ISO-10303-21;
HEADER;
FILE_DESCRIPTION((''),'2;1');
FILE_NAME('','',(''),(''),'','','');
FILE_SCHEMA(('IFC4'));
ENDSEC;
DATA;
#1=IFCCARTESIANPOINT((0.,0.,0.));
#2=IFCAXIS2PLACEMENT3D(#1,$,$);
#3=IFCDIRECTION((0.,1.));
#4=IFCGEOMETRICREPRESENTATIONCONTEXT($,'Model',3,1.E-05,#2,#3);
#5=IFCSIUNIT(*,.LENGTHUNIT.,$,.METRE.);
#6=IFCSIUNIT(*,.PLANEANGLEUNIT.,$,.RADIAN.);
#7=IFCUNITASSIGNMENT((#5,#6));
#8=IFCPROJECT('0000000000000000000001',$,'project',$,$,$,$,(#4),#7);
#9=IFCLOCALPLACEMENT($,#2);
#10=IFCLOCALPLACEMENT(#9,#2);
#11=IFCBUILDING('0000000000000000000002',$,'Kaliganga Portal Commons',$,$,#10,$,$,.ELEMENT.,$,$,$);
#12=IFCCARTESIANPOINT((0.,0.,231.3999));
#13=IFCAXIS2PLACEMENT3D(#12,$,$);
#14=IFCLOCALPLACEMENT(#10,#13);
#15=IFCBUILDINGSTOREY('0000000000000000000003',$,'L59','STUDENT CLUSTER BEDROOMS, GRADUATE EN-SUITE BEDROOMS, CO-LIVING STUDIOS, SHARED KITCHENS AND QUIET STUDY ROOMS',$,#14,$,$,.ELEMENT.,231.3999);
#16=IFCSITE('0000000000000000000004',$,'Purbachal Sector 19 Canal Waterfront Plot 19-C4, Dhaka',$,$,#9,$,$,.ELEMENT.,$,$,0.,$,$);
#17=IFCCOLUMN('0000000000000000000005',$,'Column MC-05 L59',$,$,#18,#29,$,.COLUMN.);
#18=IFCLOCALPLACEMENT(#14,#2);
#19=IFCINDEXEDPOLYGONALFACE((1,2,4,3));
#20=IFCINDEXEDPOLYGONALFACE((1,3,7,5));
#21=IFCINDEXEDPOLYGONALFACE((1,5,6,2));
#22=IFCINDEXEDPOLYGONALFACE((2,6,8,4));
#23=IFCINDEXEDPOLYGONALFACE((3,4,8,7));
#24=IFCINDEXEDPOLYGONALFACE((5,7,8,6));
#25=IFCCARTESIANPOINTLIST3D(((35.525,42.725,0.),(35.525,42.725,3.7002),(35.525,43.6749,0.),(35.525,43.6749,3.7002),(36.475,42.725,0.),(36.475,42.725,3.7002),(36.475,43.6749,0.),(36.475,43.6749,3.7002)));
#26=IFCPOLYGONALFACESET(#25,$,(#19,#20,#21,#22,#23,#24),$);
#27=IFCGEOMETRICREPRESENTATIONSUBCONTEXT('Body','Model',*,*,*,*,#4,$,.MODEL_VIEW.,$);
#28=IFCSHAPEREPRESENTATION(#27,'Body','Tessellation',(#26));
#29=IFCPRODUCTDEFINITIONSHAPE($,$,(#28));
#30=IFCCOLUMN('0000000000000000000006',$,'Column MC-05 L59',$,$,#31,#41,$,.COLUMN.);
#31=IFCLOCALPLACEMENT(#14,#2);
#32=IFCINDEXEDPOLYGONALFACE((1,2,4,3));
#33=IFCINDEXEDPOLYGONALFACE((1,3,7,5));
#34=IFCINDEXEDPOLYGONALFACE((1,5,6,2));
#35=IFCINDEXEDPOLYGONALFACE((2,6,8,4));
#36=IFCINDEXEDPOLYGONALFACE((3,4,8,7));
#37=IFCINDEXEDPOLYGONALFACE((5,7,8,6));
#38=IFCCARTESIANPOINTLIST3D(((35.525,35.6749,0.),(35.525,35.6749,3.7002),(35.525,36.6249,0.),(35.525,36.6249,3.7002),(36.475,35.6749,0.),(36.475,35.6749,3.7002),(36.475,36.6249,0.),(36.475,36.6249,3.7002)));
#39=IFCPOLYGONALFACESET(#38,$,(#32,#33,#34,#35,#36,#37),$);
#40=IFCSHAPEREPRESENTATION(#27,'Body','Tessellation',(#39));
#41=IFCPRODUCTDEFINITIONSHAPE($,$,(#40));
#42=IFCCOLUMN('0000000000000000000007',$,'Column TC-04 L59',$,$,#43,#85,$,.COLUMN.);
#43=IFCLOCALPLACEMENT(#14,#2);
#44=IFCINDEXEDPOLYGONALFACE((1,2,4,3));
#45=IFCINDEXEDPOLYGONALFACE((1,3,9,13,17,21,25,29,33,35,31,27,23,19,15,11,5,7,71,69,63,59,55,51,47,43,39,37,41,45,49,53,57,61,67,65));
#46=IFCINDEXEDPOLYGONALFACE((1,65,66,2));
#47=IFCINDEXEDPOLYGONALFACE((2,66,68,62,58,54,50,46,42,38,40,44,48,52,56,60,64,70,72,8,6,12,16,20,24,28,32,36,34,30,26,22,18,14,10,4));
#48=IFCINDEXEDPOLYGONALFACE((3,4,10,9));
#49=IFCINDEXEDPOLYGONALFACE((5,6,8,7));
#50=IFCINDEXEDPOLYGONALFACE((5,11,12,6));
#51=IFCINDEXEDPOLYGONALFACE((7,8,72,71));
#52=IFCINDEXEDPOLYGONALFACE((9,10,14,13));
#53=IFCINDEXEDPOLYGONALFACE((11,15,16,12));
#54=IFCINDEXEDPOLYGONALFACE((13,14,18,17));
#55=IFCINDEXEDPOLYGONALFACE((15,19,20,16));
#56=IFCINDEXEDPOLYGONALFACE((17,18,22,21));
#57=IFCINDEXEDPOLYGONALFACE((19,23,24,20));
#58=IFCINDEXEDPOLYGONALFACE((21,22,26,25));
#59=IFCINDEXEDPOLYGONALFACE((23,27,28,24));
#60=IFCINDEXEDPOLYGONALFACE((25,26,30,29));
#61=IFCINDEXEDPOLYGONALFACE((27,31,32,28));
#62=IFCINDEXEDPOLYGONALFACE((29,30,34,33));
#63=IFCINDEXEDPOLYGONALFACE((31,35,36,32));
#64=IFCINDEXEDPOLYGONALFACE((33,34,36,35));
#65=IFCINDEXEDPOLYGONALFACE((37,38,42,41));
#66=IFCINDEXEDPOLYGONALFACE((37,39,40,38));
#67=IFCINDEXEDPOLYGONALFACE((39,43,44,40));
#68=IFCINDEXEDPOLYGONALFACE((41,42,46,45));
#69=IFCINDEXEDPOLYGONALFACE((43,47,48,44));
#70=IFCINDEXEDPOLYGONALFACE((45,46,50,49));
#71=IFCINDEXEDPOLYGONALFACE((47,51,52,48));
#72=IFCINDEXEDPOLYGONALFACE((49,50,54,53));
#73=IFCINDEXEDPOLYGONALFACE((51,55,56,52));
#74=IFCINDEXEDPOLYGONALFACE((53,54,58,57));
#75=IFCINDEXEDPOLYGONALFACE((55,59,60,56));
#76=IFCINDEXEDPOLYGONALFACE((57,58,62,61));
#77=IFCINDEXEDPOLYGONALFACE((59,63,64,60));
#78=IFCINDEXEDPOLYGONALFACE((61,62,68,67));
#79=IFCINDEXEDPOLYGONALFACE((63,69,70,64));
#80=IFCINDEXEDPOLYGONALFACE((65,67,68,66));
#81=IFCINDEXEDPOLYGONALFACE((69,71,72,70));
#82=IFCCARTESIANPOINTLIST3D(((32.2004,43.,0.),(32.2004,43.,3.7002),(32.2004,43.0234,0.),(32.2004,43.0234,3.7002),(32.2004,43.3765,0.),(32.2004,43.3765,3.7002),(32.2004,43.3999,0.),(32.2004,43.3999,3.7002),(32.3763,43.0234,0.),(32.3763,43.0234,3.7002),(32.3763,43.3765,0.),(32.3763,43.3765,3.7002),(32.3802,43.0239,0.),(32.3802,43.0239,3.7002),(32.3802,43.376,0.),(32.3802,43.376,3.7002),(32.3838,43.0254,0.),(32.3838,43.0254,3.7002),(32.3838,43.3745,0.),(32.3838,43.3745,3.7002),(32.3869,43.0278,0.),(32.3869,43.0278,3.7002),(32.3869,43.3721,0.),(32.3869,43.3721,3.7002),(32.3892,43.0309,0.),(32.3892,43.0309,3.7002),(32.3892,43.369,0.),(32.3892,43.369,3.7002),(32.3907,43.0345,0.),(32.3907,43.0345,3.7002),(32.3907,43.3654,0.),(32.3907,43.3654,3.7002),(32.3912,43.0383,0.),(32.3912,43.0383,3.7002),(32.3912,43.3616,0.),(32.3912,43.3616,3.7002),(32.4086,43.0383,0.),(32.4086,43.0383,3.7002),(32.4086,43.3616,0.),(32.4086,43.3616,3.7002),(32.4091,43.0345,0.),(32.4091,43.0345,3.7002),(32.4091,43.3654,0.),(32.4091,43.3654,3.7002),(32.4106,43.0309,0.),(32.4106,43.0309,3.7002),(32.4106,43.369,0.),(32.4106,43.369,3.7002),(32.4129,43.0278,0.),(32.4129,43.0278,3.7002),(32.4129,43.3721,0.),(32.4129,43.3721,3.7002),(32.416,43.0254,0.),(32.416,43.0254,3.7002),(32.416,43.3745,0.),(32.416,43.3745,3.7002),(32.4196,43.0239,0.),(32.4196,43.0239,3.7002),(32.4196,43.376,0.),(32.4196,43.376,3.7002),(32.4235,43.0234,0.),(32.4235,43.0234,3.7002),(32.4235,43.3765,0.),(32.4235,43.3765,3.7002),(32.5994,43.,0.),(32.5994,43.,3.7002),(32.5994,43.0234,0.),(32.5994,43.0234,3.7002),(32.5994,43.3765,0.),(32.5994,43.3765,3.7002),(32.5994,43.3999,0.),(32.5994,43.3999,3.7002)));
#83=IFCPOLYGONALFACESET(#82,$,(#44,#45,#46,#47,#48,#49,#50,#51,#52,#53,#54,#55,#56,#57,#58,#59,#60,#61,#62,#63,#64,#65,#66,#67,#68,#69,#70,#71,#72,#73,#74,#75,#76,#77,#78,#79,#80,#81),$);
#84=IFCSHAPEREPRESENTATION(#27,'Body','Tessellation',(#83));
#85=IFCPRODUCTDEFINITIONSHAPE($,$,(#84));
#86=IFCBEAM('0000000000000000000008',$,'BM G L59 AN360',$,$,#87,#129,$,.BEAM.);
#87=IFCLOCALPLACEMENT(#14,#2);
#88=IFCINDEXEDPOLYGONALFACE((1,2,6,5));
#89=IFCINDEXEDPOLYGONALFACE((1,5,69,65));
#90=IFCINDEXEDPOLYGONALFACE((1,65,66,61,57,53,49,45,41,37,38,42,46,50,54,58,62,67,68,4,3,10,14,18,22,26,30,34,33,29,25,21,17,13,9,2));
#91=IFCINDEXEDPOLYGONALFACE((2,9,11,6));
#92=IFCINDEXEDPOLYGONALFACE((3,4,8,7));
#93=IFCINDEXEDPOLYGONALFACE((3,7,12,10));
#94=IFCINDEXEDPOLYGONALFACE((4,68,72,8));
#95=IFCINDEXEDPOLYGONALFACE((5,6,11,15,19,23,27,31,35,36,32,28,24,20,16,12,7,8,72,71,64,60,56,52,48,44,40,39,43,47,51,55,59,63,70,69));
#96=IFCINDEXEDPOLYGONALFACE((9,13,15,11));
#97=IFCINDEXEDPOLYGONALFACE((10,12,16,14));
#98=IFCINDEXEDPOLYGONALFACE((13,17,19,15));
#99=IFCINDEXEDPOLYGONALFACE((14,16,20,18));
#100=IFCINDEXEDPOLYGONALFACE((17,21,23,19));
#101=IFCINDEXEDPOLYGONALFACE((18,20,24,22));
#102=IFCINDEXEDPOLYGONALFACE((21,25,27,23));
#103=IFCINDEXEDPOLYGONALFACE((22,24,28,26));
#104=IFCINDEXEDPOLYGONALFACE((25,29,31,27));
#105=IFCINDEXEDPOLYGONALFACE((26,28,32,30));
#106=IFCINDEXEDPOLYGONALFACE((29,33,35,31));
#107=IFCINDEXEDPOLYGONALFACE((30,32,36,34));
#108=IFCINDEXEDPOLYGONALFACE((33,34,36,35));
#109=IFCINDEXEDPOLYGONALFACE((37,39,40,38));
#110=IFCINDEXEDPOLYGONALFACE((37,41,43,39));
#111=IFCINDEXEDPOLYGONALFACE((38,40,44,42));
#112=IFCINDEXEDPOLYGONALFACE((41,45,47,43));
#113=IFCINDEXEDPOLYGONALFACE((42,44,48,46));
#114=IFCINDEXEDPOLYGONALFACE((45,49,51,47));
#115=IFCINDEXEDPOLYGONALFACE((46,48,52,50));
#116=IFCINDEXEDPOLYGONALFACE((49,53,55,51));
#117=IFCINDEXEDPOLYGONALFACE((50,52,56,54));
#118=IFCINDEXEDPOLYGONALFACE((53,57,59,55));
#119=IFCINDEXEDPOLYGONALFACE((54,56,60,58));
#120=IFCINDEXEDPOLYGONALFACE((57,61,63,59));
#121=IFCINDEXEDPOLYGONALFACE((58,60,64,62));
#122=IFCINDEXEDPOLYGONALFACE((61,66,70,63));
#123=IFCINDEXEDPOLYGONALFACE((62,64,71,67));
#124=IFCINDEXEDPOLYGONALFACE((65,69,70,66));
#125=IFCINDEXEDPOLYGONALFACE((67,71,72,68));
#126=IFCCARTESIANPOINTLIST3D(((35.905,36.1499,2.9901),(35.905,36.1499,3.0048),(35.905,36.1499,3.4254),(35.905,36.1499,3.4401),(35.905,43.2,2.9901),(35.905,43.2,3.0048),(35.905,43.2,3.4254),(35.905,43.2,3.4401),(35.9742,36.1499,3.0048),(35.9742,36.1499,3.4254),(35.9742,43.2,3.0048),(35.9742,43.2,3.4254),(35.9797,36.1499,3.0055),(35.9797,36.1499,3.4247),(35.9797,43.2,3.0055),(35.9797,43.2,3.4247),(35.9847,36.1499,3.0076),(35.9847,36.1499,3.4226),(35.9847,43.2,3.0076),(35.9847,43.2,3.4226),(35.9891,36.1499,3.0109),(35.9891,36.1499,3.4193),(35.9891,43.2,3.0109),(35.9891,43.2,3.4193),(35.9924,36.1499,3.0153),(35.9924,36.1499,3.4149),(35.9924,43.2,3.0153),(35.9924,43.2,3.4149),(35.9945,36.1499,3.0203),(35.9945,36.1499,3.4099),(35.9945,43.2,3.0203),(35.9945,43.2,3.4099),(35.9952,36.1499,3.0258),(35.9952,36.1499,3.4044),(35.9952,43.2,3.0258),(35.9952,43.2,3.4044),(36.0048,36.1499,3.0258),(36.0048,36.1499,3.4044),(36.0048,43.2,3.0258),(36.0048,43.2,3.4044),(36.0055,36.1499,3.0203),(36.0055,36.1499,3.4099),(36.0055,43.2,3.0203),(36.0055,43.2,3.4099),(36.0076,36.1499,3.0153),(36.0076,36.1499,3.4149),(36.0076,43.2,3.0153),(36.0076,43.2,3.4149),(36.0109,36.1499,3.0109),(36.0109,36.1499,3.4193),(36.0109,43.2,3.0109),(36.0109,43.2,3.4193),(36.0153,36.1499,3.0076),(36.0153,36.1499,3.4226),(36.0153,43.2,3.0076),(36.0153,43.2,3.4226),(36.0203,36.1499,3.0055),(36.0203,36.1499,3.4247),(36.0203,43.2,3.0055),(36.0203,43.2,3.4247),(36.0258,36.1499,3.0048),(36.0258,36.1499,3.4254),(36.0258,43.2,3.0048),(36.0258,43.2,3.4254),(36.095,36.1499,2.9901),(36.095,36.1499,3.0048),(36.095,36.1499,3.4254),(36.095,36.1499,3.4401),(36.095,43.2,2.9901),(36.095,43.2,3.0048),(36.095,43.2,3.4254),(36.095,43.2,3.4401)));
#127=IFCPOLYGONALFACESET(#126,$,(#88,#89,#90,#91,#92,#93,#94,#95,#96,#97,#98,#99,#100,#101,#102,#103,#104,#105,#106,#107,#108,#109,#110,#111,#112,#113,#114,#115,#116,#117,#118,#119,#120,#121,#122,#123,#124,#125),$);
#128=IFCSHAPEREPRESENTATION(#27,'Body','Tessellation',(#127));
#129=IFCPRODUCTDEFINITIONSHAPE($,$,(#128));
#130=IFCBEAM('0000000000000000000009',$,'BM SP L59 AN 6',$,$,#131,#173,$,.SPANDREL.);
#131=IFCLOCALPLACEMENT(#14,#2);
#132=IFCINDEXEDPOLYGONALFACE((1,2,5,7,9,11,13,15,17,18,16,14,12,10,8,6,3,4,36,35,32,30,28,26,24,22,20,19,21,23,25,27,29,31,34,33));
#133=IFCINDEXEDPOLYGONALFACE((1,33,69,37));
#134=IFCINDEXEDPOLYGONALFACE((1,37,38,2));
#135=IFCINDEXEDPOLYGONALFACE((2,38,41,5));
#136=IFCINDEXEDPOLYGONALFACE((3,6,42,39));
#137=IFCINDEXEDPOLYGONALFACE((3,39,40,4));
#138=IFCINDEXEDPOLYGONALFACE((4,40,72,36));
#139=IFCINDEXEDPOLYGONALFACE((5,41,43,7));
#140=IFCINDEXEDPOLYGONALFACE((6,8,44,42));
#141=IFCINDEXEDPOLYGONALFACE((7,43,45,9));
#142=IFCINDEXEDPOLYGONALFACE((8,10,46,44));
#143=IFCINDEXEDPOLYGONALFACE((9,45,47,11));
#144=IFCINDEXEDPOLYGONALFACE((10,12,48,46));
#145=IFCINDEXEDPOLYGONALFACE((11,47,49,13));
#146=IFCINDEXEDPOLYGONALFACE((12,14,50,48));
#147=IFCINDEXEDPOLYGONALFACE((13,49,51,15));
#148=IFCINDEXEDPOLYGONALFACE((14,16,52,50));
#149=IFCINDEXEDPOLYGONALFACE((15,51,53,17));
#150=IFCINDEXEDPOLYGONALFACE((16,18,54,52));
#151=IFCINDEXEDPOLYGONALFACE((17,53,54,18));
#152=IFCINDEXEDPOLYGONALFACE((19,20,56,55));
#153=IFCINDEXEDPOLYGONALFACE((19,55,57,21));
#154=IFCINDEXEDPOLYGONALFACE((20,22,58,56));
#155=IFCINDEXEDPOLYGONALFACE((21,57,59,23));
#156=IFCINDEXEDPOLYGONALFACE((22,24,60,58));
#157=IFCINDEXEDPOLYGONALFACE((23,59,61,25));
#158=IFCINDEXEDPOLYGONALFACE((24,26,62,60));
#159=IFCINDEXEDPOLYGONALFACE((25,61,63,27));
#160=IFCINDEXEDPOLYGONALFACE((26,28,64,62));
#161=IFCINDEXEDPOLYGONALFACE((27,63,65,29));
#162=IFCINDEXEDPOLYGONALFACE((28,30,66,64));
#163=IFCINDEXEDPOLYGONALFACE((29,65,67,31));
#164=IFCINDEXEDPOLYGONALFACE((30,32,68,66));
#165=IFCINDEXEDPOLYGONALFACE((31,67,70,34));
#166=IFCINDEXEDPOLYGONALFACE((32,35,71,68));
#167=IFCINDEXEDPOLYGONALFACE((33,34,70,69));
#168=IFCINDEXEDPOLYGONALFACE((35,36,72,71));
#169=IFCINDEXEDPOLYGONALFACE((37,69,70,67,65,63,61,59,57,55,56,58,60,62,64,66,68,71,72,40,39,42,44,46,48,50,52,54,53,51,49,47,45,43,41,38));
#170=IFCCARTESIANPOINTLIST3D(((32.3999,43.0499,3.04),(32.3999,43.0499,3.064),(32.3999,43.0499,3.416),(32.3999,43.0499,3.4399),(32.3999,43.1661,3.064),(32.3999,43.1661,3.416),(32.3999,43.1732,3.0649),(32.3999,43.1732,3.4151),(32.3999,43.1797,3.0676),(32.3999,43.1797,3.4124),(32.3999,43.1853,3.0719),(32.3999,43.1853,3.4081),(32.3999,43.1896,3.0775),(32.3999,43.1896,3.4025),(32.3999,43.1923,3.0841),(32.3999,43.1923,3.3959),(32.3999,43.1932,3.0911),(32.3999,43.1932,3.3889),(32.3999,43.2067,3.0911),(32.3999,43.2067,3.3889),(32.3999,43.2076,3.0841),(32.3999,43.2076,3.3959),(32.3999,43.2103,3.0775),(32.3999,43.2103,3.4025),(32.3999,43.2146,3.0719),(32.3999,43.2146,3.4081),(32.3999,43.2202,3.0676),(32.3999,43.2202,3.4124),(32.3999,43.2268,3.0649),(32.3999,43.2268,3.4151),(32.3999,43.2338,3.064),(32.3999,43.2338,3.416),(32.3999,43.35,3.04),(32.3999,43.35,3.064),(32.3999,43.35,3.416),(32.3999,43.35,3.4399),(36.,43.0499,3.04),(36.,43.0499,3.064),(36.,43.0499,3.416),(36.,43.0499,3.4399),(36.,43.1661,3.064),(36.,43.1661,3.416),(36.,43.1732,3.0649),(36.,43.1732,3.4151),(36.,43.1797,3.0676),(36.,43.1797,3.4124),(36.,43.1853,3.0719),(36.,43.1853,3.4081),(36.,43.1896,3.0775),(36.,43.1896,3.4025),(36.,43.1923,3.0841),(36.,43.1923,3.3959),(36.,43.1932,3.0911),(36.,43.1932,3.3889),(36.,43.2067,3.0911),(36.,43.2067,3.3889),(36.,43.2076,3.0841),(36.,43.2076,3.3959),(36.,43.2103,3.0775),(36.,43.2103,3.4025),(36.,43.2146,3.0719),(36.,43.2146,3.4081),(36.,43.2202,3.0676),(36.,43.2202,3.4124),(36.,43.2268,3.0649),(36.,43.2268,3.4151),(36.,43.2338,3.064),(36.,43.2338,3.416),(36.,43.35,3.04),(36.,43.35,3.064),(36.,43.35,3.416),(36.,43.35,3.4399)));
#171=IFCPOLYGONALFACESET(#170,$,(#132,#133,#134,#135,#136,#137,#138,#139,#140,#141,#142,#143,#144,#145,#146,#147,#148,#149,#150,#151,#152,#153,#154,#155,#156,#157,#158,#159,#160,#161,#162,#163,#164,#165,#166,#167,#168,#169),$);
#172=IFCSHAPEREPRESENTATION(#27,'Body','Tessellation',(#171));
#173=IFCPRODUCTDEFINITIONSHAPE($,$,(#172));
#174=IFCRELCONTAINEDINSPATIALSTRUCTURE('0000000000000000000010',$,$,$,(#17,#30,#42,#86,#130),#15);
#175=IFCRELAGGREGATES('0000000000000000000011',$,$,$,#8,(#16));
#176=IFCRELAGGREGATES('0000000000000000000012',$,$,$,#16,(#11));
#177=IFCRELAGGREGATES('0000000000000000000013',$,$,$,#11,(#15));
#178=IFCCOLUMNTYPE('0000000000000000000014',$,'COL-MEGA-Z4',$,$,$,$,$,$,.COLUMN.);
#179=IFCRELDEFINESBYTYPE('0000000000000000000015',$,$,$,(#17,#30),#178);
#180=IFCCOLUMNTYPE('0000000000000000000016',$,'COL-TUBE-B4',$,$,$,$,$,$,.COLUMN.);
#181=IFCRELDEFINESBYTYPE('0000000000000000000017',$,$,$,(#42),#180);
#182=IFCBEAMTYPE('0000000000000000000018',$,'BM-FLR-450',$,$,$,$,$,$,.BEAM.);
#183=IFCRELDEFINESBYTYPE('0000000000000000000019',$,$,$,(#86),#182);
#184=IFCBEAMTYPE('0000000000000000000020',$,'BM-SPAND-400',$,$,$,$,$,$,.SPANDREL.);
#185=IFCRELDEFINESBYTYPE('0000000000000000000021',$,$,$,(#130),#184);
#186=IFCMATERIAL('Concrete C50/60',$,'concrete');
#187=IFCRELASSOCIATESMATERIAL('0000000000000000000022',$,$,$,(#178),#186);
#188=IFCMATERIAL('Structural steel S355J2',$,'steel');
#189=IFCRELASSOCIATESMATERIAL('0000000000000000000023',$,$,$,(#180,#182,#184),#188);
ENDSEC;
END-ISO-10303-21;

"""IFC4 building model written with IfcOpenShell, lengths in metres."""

from ifc_helpers import new_model, si_unit, direction, frame, origin, origin_2d, place, context, subcontext, project, spatial, rectangle, i_section, extrude, source, transform, mapped, material, material_profile, profile_set, type_object, element, save


model = new_model("IFC4")

# Units and contexts
model_context = context("Model", 3, precision=1e-05, world=origin(), true_north=direction((0.0, 1.0)))
body_context = subcontext(model_context, "Body", "Model", "MODEL_VIEW")
ifc_project = project(units=[si_unit("LENGTHUNIT", "METRE"), si_unit("PLANEANGLEUNIT", "RADIAN")], contexts=[model_context])

# Site, building, storey
site_placement = place(None, origin())
site = spatial("IfcSite", under=ifc_project, at=site_placement, Name="Purbachal Sector 19 Canal Waterfront Plot 19-C4, Dhaka", CompositionType="ELEMENT", RefElevation=0.0)
building_placement = place(site_placement, origin())
building = spatial("IfcBuilding", under=site, at=building_placement, Name="Kaliganga Portal Commons", CompositionType="ELEMENT")
storey_placement = place(building_placement, frame((0.0, 0.0, 231.3999)))
storey = spatial("IfcBuildingStorey", under=building, at=storey_placement, Name="L59", Description="STUDENT CLUSTER BEDROOMS, GRADUATE EN-SUITE BEDROOMS, CO-LIVING STUDIOS, SHARED KITCHENS AND QUIET STUDY ROOMS", CompositionType="ELEMENT", Elevation=231.3999)

# Columns
ifc_material_1 = material(Name="Concrete C50/60", Category="concrete")
ifc_material_profile_1 = material_profile(ifc_material_1, rectangle(XDim=0.95, YDim=0.95, at=origin_2d()), Name="RC 950x950")
ifc_profile_set_1 = profile_set([ifc_material_profile_1], Name="Concrete C50/60")
column_type_1 = type_object("IfcColumnType", Name="COL-MEGA-Z4", PredefinedType="COLUMN", material=ifc_profile_set_1)
shared_shape_1 = source(origin(), body_context, "Body", "SweptSolid", [
    extrude(rectangle(XDim=0.95, YDim=0.95, at=origin_2d()), origin(), (0.0, 0.0, 1.0), 3.7002),
])
for number, where, z_axis, x_axis, name in (
    (1, (36.0, 43.2, 0.0), (0.0, 0.0, 1.0), (1.0, 0.0, 0.0), "Column MC-05 L59"),
    (2, (36.0, 36.1499, 0.0), (0.0, 0.0, 1.0), (1.0, 0.0, 0.0), "Column MC-05 L59"),
):
    element("IfcColumn", number, at=place(storey_placement, frame(where, z_axis=z_axis, x_axis=x_axis)), inside=storey, type_object=column_type_1, Name=name, PredefinedType="COLUMN", context=body_context, shape_type="MappedRepresentation", body=[
        mapped(shared_shape_1, transform((0.0, 0.0, 0.0), x_axis=(1.0, 0.0, 0.0), y_axis=(0.0, 1.0, 0.0), z_axis=(0.0, 0.0, 1.0), scale=1.0)),
    ])
ifc_material_2 = material(Name="Structural steel S355J2", Category="steel")
ifc_material_profile_2 = material_profile(ifc_material_2, i_section(OverallWidth=0.3989, OverallDepth=0.3999, WebThickness=0.0173, FlangeThickness=0.0234, FilletRadius=0.0149, at=origin_2d()), Name="HD 400x287")
ifc_profile_set_2 = profile_set([ifc_material_profile_2], Name="Structural steel S355J2 wide-flange")
column_type_2 = type_object("IfcColumnType", Name="COL-TUBE-B4", PredefinedType="COLUMN", material=ifc_profile_set_2)
shared_shape_2 = source(origin(), body_context, "Body", "SweptSolid", [
    extrude(i_section(OverallWidth=0.3989, OverallDepth=0.3999, WebThickness=0.0173, FlangeThickness=0.0234, FilletRadius=0.0149, at=origin_2d()), origin(), (0.0, 0.0, 1.0), 3.7002),
])
column_placement = place(storey_placement, frame((32.3999, 43.2, 0.0), z_axis=(0.0, 0.0, 1.0), x_axis=(1.0, 0.0, 0.0)))
element("IfcColumn", 3, at=column_placement, inside=storey, type_object=column_type_2, Name="Column TC-04 L59", PredefinedType="COLUMN", context=body_context, shape_type="MappedRepresentation", body=[
    mapped(shared_shape_2, transform((0.0, 0.0, 0.0), x_axis=(1.0, 0.0, 0.0), y_axis=(0.0, 1.0, 0.0), z_axis=(0.0, 0.0, 1.0), scale=1.0)),
])

# Beams
ifc_material_profile_3 = material_profile(ifc_material_2, i_section(OverallWidth=0.1899, OverallDepth=0.45, WebThickness=0.0095, FlangeThickness=0.0146, FilletRadius=0.021, at=origin_2d()), Name="IPE 450")
ifc_profile_set_3 = profile_set([ifc_material_profile_3], Name="Structural steel S355J2 wide-flange")
beam_type_1 = type_object("IfcBeamType", Name="BM-FLR-450", PredefinedType="BEAM", material=ifc_profile_set_3)
shared_shape_3 = source(origin(), body_context, "Body", "SweptSolid", [
    extrude(i_section(OverallWidth=0.1899, OverallDepth=0.45, WebThickness=0.0095, FlangeThickness=0.0146, FilletRadius=0.021, at=origin_2d()), origin(), (0.0, 0.0, 1.0), 7.05),
])
beam_1_placement = place(storey_placement, frame((36.0, 36.1499, 3.2151), z_axis=(0.0, 1.0, 0.0), x_axis=(-1.0, 0.0, 0.0)))
element("IfcBeam", 4, at=beam_1_placement, inside=storey, type_object=beam_type_1, Name="BM G L59 AN360", PredefinedType="BEAM", context=body_context, shape_type="MappedRepresentation", body=[
    mapped(shared_shape_3, transform((0.0, 0.0, 0.0), x_axis=(1.0, 0.0, 0.0), y_axis=(0.0, 1.0, 0.0), z_axis=(0.0, 0.0, 1.0), scale=1.0)),
])
ifc_material_profile_4 = material_profile(ifc_material_2, i_section(OverallWidth=0.3, OverallDepth=0.3999, WebThickness=0.0134, FlangeThickness=0.0239, FilletRadius=0.0271, at=origin_2d()), Name="HE 400 B")
ifc_profile_set_4 = profile_set([ifc_material_profile_4], Name="Structural steel S355J2 wide-flange")
beam_type_2 = type_object("IfcBeamType", Name="BM-SPAND-400", PredefinedType="SPANDREL", material=ifc_profile_set_4)
shared_shape_4 = source(origin(), body_context, "Body", "SweptSolid", [
    extrude(i_section(OverallWidth=0.3, OverallDepth=0.3999, WebThickness=0.0134, FlangeThickness=0.0239, FilletRadius=0.0271, at=origin_2d()), origin(), (0.0, 0.0, 1.0), 3.6001),
])
beam_2_placement = place(storey_placement, frame((32.3999, 43.2, 3.24), z_axis=(1.0, 0.0, 0.0), x_axis=(0.0, 1.0, 0.0)))
element("IfcBeam", 5, at=beam_2_placement, inside=storey, type_object=beam_type_2, Name="BM SP L59 AN 6", PredefinedType="SPANDREL", context=body_context, shape_type="MappedRepresentation", body=[
    mapped(shared_shape_4, transform((0.0, 0.0, 0.0), x_axis=(1.0, 0.0, 0.0), y_axis=(0.0, 1.0, 0.0), z_axis=(0.0, 0.0, 1.0), scale=1.0)),
])

save(model, "model.ifc")
